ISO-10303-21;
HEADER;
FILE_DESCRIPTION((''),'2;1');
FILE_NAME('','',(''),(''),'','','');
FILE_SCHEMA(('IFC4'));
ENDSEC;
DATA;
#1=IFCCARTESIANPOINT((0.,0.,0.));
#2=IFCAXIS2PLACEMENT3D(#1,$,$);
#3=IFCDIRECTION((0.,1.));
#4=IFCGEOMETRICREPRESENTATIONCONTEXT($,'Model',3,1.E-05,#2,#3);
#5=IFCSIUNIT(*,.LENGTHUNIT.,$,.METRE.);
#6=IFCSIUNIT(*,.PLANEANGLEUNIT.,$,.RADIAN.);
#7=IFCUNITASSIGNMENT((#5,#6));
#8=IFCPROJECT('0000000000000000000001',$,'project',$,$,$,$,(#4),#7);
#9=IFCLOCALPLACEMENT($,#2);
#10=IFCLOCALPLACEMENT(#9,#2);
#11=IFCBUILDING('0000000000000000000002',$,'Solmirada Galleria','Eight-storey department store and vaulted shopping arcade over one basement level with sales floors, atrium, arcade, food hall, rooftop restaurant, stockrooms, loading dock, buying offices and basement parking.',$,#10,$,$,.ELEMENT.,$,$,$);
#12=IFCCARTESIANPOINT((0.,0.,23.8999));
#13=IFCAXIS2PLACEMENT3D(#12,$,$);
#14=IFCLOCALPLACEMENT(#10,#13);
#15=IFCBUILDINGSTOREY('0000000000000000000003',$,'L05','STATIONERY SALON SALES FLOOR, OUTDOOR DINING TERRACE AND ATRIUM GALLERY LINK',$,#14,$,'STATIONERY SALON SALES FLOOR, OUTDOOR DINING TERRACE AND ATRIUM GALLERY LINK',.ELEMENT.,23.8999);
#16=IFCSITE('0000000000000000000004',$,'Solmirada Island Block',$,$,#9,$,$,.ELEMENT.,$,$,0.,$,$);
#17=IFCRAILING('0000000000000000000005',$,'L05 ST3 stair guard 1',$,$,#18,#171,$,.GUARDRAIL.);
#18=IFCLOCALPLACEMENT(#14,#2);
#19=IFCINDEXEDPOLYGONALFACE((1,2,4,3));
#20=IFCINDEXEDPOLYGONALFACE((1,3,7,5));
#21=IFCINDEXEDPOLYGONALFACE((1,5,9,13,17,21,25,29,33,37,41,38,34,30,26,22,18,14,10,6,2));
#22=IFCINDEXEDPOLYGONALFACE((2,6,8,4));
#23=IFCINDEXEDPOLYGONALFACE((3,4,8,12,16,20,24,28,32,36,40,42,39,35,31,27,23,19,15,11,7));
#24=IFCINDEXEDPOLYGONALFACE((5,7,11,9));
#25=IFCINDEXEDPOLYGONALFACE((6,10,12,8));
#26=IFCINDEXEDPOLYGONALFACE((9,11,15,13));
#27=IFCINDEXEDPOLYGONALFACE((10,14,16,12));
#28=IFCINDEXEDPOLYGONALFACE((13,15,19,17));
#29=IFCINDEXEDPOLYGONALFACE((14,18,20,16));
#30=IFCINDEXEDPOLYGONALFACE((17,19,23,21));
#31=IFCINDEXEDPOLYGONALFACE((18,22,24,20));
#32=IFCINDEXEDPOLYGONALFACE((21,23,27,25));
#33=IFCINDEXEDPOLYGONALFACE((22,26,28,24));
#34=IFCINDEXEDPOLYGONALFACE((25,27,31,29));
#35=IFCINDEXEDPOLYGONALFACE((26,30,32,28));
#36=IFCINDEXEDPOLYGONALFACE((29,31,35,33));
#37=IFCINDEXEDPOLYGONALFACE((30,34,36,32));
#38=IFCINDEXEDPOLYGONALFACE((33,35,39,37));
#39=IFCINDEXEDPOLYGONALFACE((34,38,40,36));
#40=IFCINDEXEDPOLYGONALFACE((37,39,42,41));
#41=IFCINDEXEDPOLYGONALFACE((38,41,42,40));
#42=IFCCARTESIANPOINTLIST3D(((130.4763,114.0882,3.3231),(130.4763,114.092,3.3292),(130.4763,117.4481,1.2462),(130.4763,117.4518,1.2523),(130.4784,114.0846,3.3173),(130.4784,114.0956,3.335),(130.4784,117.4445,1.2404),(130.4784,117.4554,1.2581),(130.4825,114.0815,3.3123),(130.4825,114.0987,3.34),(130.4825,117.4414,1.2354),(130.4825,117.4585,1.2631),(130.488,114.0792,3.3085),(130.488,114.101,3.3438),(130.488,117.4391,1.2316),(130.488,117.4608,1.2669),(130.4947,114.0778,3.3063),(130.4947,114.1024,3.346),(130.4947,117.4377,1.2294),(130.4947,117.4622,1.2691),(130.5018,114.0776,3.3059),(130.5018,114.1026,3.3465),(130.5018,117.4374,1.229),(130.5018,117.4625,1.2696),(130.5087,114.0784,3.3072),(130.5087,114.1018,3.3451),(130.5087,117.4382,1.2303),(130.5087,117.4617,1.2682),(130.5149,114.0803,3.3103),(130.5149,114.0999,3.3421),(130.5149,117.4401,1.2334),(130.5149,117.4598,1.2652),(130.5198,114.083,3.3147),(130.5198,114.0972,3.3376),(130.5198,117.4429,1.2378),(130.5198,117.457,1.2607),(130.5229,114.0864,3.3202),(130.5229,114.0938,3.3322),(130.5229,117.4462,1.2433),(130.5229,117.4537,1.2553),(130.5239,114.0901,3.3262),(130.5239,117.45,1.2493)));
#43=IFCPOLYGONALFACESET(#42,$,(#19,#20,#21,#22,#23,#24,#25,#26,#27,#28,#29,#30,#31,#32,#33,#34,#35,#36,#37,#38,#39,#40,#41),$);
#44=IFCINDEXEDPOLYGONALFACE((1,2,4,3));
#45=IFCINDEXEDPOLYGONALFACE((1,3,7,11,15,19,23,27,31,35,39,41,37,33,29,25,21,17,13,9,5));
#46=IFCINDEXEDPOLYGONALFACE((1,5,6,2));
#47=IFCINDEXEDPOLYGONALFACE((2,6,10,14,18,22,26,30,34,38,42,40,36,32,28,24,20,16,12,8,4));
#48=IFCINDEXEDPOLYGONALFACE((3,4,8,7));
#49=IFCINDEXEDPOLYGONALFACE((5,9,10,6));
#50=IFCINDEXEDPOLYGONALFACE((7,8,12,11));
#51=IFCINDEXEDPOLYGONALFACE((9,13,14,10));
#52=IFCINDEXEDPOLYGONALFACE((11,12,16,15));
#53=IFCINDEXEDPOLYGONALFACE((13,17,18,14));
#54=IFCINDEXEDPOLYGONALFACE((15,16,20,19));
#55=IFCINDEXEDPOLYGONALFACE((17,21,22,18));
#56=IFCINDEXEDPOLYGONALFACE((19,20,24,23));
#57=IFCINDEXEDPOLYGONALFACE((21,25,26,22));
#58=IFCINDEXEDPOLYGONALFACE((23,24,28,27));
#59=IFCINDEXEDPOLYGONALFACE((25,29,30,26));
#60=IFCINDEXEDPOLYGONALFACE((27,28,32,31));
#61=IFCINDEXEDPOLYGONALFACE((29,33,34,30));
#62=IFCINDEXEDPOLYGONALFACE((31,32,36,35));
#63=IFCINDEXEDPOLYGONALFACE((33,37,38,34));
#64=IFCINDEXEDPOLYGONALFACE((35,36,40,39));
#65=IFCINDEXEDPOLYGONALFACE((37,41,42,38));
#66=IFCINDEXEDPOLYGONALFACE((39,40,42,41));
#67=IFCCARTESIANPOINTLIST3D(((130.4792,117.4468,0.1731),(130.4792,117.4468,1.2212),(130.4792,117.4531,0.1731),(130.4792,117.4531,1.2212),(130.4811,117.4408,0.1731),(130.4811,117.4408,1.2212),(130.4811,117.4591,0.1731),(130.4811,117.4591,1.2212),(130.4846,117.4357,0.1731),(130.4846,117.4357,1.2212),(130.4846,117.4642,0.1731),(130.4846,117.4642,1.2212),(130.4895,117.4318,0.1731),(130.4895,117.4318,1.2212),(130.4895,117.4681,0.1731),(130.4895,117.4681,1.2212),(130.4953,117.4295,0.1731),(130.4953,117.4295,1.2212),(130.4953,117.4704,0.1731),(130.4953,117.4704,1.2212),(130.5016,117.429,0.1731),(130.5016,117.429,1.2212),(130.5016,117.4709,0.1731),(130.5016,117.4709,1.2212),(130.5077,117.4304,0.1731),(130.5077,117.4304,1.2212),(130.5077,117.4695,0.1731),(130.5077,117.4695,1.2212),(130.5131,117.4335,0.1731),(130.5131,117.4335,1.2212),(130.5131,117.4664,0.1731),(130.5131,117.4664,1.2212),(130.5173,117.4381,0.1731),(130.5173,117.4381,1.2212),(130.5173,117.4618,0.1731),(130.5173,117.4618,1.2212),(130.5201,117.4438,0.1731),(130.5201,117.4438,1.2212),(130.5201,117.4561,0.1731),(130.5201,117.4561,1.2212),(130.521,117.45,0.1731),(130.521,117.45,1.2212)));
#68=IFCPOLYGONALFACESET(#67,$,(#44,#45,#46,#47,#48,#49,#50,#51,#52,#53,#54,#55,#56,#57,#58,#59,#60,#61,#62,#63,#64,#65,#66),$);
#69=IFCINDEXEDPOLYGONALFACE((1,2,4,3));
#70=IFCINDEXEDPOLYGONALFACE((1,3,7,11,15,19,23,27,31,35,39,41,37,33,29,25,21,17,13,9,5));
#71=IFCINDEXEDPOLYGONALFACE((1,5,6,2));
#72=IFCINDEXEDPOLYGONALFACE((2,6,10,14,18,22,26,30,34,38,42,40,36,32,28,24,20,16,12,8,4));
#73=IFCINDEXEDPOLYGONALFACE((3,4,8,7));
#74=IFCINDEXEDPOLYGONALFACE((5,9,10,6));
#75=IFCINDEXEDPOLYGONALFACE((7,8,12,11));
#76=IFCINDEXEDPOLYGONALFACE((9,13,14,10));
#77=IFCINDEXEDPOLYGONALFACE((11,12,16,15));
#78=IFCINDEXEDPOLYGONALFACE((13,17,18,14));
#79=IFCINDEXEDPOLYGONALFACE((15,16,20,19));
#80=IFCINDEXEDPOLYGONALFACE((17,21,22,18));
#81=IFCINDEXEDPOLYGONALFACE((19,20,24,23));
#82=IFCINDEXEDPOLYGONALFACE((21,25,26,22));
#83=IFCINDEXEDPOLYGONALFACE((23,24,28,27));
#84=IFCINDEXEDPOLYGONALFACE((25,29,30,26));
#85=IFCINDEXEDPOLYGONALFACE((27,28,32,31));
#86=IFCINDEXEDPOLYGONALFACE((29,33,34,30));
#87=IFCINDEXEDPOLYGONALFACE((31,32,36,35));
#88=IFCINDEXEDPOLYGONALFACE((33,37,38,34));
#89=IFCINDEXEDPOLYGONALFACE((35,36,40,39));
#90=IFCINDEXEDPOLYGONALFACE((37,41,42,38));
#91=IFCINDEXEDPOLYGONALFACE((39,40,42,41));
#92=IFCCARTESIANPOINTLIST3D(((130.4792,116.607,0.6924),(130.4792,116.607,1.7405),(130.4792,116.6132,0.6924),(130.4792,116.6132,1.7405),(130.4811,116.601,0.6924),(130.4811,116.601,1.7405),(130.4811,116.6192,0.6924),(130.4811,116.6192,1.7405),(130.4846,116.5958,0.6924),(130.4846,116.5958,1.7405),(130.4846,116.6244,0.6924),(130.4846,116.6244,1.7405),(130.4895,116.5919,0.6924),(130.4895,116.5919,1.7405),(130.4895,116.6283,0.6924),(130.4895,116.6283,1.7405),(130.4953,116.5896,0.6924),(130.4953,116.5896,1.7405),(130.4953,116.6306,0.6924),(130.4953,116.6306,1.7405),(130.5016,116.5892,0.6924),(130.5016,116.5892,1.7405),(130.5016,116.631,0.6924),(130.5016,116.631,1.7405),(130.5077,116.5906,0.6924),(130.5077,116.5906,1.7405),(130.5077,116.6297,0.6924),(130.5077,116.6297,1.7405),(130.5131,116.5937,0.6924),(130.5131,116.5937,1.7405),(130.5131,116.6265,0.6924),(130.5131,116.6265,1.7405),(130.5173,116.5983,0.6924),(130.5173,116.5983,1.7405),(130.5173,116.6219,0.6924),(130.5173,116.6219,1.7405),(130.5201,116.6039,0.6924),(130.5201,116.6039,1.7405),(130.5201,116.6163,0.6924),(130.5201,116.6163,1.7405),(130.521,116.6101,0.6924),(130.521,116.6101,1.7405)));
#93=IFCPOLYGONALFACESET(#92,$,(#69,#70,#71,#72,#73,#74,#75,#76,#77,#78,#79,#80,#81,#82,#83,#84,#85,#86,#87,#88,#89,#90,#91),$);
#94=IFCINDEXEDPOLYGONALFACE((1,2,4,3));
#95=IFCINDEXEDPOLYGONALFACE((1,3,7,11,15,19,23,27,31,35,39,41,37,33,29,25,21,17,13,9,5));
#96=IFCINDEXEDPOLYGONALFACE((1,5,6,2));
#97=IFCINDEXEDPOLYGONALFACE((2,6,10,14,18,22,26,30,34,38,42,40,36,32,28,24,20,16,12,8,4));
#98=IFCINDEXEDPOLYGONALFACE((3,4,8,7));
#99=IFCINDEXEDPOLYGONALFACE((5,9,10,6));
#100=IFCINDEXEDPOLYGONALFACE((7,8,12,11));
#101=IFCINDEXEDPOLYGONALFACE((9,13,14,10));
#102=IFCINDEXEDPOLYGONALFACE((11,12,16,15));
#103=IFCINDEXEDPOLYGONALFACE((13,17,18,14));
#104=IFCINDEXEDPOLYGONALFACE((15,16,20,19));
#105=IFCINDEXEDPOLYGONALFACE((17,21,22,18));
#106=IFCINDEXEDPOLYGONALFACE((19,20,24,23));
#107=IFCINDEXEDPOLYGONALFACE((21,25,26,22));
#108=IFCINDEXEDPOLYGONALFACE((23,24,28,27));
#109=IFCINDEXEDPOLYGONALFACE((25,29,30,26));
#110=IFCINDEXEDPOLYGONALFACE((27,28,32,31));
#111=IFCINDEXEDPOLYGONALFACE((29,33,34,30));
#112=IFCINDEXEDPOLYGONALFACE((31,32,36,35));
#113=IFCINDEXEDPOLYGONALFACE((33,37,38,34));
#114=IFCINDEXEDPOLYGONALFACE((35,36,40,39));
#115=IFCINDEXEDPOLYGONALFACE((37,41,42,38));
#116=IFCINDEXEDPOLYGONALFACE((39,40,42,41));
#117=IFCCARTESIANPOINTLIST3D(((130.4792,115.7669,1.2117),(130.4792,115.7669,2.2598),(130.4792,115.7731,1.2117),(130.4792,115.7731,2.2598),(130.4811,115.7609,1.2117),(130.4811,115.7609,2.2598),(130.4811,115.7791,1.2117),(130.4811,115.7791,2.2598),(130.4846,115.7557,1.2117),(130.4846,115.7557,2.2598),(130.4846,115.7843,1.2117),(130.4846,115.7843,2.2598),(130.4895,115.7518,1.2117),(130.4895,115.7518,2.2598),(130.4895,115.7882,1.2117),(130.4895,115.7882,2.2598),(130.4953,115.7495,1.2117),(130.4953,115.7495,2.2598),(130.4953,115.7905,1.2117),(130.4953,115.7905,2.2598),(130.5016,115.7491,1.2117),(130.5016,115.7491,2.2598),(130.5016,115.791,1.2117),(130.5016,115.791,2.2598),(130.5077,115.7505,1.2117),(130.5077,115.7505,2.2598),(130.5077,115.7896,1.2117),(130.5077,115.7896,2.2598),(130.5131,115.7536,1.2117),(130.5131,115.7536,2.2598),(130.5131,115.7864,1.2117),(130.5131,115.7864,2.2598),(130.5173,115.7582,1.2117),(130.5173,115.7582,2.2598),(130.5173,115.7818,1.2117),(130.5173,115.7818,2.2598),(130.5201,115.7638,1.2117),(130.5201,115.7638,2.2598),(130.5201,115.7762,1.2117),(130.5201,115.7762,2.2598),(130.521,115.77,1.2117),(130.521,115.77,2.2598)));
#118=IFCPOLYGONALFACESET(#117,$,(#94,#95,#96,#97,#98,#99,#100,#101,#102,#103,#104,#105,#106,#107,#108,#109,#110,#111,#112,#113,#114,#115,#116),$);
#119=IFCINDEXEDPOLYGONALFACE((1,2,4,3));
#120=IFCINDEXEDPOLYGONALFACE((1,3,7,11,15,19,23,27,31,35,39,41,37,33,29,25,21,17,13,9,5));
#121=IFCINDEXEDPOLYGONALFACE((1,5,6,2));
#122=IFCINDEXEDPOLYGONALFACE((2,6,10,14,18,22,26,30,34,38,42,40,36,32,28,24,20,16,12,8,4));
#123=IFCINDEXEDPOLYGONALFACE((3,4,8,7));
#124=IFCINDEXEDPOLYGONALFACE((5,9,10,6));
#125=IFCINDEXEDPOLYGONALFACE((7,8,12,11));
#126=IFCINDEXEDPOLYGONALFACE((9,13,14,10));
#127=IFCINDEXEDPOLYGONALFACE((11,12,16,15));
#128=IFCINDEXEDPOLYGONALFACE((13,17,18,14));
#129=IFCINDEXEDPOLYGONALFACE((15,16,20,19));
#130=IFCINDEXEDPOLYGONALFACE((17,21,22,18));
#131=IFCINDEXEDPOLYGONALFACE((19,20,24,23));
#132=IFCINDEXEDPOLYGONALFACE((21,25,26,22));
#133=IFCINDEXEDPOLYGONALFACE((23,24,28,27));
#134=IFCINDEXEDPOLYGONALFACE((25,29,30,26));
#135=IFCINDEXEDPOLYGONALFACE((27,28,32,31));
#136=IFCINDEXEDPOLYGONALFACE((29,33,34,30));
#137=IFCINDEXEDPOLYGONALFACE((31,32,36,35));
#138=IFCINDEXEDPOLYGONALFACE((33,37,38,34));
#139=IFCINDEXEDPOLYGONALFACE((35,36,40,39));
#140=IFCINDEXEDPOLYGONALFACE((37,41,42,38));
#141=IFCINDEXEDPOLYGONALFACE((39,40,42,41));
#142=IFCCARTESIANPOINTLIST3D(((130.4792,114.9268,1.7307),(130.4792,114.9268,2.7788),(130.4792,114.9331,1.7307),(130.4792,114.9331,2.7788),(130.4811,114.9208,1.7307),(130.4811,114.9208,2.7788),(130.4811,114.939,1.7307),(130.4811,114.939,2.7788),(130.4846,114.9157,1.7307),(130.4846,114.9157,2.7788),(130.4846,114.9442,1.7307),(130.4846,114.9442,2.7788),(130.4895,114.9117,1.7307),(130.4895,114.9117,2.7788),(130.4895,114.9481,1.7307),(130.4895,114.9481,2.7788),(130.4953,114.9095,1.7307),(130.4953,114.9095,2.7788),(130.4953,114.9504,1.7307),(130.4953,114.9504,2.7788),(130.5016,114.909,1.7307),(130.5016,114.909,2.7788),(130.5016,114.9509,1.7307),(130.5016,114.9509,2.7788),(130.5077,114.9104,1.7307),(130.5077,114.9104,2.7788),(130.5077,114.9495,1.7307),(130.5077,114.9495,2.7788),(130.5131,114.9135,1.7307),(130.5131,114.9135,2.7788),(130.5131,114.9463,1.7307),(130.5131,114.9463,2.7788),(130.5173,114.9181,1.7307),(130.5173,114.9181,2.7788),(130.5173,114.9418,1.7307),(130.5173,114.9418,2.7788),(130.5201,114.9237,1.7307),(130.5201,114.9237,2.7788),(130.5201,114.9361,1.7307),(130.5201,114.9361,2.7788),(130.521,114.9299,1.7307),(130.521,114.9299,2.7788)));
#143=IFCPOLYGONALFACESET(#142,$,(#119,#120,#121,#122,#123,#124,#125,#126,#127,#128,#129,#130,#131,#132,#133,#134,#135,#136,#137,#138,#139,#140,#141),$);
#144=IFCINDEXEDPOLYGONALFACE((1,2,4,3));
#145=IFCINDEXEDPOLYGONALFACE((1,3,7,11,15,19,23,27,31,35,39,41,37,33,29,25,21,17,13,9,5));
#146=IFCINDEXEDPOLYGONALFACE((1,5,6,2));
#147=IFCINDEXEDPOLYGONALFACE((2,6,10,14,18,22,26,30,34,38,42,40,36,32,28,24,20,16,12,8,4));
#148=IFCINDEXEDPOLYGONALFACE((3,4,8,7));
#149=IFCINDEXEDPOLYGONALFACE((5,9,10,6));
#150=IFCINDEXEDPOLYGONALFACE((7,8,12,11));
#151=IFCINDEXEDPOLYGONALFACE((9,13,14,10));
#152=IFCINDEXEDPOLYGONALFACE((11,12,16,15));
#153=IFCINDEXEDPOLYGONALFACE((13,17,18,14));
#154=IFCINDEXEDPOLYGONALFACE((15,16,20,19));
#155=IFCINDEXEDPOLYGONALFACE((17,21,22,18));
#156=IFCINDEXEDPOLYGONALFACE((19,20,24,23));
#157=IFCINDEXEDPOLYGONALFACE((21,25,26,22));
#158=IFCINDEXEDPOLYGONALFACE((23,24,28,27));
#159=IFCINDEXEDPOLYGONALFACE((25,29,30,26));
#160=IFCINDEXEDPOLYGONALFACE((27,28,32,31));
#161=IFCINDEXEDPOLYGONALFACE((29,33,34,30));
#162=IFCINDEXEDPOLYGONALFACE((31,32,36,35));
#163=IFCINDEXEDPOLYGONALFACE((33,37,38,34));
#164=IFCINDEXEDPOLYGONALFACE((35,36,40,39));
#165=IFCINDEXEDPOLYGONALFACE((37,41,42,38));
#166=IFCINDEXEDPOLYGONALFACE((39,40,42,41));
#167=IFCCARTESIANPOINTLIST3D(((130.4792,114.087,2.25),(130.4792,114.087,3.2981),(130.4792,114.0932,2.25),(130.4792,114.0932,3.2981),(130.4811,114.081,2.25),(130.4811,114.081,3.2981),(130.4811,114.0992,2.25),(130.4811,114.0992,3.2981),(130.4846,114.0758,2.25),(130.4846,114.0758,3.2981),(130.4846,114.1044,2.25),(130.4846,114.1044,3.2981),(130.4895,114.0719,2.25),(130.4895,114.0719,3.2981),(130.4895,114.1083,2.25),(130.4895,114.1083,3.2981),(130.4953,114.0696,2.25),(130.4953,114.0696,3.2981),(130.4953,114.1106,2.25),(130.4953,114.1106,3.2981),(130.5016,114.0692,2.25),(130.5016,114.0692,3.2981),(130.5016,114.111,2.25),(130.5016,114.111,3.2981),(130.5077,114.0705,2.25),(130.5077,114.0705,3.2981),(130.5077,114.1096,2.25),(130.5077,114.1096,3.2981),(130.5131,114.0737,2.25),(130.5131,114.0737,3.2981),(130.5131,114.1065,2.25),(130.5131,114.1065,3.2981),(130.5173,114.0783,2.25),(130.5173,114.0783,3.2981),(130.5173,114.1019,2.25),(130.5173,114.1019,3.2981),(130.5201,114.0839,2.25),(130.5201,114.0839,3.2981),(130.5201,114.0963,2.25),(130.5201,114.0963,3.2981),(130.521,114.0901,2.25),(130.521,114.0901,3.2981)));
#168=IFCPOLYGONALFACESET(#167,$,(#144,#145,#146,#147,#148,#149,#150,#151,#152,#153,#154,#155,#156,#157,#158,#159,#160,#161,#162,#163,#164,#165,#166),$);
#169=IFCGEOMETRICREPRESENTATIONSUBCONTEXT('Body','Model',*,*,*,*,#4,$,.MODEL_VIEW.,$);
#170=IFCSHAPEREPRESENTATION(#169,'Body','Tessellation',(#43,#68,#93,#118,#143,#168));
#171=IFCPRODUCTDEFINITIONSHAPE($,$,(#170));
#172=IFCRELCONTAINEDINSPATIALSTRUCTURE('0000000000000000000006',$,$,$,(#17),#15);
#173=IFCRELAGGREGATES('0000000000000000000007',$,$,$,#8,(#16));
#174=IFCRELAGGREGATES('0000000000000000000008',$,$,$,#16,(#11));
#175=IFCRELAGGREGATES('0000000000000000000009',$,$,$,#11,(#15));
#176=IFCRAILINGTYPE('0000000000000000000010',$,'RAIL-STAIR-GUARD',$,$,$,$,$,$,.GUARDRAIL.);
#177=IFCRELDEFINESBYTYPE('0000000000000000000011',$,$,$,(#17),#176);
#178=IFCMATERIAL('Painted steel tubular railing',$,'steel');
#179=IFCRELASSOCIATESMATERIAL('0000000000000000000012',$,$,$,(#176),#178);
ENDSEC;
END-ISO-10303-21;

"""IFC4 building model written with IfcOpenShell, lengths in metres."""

from ifc_helpers import new_model, si_unit, direction, frame, origin, origin_2d, place, context, subcontext, project, spatial, circle, extrude, material, type_object, element, save


model = new_model("IFC4")

# Units and contexts
model_context = context("Model", 3, precision=1e-05, world=origin(), true_north=direction((0.0, 1.0)))
body_context = subcontext(model_context, "Body", "Model", "MODEL_VIEW")
ifc_project = project(units=[si_unit("LENGTHUNIT", "METRE"), si_unit("PLANEANGLEUNIT", "RADIAN")], contexts=[model_context])

# Site, building, storey
site_placement = place(None, origin())
site = spatial("IfcSite", under=ifc_project, at=site_placement, Name="Solmirada Island Block", CompositionType="ELEMENT", RefElevation=0.0)
building_placement = place(site_placement, origin())
building = spatial("IfcBuilding", under=site, at=building_placement, Name="Solmirada Galleria", Description="Eight-storey department store and vaulted shopping arcade over one basement level with sales floors, atrium, arcade, food hall, rooftop restaurant, stockrooms, loading dock, buying offices and basement parking.", CompositionType="ELEMENT")
storey_placement = place(building_placement, frame((0.0, 0.0, 23.8999)))
storey = spatial("IfcBuildingStorey", under=building, at=storey_placement, Name="L05", Description="STATIONERY SALON SALES FLOOR, OUTDOOR DINING TERRACE AND ATRIUM GALLERY LINK", LongName="STATIONERY SALON SALES FLOOR, OUTDOOR DINING TERRACE AND ATRIUM GALLERY LINK", CompositionType="ELEMENT", Elevation=23.8999)

# Railing
ifc_material_1 = material(Name="Painted steel tubular railing", Category="steel")
railing_type_1 = type_object("IfcRailingType", Name="RAIL-STAIR-GUARD", PredefinedType="GUARDRAIL", material=ifc_material_1)
railing_1_placement = place(storey_placement, frame((130.5, 117.45, 0.1731)))
element("IfcRailing", 1, at=railing_1_placement, inside=storey, type_object=railing_type_1, Name="L05 ST3 stair guard 1", PredefinedType="GUARDRAIL", context=body_context, shape_type="SweptSolid", body=[
    extrude(circle(Radius=0.0239, at=origin_2d()), frame((0.0, 0.0, 1.0762), z_axis=(0.0, -0.850606, 0.525803), x_axis=(1.0, 0.0, 0.0)), (0.0, 0.0, 1.0), 3.95),
    extrude(circle(Radius=0.021, at=origin_2d()), origin(), (0.0, 0.0, 1.0), 1.0481),
    extrude(circle(Radius=0.021, at=origin_2d()), frame((0.0, -0.8398, 0.5193)), (0.0, 0.0, 1.0), 1.0481),
    extrude(circle(Radius=0.021, at=origin_2d()), frame((0.0, -1.6799, 1.0386)), (0.0, 0.0, 1.0), 1.0481),
    extrude(circle(Radius=0.021, at=origin_2d()), frame((0.0, -2.52, 1.5576)), (0.0, 0.0, 1.0), 1.0481),
    extrude(circle(Radius=0.021, at=origin_2d()), frame((0.0, -3.3599, 2.0769)), (0.0, 0.0, 1.0), 1.0481),
])

save(model, "model.ifc")
